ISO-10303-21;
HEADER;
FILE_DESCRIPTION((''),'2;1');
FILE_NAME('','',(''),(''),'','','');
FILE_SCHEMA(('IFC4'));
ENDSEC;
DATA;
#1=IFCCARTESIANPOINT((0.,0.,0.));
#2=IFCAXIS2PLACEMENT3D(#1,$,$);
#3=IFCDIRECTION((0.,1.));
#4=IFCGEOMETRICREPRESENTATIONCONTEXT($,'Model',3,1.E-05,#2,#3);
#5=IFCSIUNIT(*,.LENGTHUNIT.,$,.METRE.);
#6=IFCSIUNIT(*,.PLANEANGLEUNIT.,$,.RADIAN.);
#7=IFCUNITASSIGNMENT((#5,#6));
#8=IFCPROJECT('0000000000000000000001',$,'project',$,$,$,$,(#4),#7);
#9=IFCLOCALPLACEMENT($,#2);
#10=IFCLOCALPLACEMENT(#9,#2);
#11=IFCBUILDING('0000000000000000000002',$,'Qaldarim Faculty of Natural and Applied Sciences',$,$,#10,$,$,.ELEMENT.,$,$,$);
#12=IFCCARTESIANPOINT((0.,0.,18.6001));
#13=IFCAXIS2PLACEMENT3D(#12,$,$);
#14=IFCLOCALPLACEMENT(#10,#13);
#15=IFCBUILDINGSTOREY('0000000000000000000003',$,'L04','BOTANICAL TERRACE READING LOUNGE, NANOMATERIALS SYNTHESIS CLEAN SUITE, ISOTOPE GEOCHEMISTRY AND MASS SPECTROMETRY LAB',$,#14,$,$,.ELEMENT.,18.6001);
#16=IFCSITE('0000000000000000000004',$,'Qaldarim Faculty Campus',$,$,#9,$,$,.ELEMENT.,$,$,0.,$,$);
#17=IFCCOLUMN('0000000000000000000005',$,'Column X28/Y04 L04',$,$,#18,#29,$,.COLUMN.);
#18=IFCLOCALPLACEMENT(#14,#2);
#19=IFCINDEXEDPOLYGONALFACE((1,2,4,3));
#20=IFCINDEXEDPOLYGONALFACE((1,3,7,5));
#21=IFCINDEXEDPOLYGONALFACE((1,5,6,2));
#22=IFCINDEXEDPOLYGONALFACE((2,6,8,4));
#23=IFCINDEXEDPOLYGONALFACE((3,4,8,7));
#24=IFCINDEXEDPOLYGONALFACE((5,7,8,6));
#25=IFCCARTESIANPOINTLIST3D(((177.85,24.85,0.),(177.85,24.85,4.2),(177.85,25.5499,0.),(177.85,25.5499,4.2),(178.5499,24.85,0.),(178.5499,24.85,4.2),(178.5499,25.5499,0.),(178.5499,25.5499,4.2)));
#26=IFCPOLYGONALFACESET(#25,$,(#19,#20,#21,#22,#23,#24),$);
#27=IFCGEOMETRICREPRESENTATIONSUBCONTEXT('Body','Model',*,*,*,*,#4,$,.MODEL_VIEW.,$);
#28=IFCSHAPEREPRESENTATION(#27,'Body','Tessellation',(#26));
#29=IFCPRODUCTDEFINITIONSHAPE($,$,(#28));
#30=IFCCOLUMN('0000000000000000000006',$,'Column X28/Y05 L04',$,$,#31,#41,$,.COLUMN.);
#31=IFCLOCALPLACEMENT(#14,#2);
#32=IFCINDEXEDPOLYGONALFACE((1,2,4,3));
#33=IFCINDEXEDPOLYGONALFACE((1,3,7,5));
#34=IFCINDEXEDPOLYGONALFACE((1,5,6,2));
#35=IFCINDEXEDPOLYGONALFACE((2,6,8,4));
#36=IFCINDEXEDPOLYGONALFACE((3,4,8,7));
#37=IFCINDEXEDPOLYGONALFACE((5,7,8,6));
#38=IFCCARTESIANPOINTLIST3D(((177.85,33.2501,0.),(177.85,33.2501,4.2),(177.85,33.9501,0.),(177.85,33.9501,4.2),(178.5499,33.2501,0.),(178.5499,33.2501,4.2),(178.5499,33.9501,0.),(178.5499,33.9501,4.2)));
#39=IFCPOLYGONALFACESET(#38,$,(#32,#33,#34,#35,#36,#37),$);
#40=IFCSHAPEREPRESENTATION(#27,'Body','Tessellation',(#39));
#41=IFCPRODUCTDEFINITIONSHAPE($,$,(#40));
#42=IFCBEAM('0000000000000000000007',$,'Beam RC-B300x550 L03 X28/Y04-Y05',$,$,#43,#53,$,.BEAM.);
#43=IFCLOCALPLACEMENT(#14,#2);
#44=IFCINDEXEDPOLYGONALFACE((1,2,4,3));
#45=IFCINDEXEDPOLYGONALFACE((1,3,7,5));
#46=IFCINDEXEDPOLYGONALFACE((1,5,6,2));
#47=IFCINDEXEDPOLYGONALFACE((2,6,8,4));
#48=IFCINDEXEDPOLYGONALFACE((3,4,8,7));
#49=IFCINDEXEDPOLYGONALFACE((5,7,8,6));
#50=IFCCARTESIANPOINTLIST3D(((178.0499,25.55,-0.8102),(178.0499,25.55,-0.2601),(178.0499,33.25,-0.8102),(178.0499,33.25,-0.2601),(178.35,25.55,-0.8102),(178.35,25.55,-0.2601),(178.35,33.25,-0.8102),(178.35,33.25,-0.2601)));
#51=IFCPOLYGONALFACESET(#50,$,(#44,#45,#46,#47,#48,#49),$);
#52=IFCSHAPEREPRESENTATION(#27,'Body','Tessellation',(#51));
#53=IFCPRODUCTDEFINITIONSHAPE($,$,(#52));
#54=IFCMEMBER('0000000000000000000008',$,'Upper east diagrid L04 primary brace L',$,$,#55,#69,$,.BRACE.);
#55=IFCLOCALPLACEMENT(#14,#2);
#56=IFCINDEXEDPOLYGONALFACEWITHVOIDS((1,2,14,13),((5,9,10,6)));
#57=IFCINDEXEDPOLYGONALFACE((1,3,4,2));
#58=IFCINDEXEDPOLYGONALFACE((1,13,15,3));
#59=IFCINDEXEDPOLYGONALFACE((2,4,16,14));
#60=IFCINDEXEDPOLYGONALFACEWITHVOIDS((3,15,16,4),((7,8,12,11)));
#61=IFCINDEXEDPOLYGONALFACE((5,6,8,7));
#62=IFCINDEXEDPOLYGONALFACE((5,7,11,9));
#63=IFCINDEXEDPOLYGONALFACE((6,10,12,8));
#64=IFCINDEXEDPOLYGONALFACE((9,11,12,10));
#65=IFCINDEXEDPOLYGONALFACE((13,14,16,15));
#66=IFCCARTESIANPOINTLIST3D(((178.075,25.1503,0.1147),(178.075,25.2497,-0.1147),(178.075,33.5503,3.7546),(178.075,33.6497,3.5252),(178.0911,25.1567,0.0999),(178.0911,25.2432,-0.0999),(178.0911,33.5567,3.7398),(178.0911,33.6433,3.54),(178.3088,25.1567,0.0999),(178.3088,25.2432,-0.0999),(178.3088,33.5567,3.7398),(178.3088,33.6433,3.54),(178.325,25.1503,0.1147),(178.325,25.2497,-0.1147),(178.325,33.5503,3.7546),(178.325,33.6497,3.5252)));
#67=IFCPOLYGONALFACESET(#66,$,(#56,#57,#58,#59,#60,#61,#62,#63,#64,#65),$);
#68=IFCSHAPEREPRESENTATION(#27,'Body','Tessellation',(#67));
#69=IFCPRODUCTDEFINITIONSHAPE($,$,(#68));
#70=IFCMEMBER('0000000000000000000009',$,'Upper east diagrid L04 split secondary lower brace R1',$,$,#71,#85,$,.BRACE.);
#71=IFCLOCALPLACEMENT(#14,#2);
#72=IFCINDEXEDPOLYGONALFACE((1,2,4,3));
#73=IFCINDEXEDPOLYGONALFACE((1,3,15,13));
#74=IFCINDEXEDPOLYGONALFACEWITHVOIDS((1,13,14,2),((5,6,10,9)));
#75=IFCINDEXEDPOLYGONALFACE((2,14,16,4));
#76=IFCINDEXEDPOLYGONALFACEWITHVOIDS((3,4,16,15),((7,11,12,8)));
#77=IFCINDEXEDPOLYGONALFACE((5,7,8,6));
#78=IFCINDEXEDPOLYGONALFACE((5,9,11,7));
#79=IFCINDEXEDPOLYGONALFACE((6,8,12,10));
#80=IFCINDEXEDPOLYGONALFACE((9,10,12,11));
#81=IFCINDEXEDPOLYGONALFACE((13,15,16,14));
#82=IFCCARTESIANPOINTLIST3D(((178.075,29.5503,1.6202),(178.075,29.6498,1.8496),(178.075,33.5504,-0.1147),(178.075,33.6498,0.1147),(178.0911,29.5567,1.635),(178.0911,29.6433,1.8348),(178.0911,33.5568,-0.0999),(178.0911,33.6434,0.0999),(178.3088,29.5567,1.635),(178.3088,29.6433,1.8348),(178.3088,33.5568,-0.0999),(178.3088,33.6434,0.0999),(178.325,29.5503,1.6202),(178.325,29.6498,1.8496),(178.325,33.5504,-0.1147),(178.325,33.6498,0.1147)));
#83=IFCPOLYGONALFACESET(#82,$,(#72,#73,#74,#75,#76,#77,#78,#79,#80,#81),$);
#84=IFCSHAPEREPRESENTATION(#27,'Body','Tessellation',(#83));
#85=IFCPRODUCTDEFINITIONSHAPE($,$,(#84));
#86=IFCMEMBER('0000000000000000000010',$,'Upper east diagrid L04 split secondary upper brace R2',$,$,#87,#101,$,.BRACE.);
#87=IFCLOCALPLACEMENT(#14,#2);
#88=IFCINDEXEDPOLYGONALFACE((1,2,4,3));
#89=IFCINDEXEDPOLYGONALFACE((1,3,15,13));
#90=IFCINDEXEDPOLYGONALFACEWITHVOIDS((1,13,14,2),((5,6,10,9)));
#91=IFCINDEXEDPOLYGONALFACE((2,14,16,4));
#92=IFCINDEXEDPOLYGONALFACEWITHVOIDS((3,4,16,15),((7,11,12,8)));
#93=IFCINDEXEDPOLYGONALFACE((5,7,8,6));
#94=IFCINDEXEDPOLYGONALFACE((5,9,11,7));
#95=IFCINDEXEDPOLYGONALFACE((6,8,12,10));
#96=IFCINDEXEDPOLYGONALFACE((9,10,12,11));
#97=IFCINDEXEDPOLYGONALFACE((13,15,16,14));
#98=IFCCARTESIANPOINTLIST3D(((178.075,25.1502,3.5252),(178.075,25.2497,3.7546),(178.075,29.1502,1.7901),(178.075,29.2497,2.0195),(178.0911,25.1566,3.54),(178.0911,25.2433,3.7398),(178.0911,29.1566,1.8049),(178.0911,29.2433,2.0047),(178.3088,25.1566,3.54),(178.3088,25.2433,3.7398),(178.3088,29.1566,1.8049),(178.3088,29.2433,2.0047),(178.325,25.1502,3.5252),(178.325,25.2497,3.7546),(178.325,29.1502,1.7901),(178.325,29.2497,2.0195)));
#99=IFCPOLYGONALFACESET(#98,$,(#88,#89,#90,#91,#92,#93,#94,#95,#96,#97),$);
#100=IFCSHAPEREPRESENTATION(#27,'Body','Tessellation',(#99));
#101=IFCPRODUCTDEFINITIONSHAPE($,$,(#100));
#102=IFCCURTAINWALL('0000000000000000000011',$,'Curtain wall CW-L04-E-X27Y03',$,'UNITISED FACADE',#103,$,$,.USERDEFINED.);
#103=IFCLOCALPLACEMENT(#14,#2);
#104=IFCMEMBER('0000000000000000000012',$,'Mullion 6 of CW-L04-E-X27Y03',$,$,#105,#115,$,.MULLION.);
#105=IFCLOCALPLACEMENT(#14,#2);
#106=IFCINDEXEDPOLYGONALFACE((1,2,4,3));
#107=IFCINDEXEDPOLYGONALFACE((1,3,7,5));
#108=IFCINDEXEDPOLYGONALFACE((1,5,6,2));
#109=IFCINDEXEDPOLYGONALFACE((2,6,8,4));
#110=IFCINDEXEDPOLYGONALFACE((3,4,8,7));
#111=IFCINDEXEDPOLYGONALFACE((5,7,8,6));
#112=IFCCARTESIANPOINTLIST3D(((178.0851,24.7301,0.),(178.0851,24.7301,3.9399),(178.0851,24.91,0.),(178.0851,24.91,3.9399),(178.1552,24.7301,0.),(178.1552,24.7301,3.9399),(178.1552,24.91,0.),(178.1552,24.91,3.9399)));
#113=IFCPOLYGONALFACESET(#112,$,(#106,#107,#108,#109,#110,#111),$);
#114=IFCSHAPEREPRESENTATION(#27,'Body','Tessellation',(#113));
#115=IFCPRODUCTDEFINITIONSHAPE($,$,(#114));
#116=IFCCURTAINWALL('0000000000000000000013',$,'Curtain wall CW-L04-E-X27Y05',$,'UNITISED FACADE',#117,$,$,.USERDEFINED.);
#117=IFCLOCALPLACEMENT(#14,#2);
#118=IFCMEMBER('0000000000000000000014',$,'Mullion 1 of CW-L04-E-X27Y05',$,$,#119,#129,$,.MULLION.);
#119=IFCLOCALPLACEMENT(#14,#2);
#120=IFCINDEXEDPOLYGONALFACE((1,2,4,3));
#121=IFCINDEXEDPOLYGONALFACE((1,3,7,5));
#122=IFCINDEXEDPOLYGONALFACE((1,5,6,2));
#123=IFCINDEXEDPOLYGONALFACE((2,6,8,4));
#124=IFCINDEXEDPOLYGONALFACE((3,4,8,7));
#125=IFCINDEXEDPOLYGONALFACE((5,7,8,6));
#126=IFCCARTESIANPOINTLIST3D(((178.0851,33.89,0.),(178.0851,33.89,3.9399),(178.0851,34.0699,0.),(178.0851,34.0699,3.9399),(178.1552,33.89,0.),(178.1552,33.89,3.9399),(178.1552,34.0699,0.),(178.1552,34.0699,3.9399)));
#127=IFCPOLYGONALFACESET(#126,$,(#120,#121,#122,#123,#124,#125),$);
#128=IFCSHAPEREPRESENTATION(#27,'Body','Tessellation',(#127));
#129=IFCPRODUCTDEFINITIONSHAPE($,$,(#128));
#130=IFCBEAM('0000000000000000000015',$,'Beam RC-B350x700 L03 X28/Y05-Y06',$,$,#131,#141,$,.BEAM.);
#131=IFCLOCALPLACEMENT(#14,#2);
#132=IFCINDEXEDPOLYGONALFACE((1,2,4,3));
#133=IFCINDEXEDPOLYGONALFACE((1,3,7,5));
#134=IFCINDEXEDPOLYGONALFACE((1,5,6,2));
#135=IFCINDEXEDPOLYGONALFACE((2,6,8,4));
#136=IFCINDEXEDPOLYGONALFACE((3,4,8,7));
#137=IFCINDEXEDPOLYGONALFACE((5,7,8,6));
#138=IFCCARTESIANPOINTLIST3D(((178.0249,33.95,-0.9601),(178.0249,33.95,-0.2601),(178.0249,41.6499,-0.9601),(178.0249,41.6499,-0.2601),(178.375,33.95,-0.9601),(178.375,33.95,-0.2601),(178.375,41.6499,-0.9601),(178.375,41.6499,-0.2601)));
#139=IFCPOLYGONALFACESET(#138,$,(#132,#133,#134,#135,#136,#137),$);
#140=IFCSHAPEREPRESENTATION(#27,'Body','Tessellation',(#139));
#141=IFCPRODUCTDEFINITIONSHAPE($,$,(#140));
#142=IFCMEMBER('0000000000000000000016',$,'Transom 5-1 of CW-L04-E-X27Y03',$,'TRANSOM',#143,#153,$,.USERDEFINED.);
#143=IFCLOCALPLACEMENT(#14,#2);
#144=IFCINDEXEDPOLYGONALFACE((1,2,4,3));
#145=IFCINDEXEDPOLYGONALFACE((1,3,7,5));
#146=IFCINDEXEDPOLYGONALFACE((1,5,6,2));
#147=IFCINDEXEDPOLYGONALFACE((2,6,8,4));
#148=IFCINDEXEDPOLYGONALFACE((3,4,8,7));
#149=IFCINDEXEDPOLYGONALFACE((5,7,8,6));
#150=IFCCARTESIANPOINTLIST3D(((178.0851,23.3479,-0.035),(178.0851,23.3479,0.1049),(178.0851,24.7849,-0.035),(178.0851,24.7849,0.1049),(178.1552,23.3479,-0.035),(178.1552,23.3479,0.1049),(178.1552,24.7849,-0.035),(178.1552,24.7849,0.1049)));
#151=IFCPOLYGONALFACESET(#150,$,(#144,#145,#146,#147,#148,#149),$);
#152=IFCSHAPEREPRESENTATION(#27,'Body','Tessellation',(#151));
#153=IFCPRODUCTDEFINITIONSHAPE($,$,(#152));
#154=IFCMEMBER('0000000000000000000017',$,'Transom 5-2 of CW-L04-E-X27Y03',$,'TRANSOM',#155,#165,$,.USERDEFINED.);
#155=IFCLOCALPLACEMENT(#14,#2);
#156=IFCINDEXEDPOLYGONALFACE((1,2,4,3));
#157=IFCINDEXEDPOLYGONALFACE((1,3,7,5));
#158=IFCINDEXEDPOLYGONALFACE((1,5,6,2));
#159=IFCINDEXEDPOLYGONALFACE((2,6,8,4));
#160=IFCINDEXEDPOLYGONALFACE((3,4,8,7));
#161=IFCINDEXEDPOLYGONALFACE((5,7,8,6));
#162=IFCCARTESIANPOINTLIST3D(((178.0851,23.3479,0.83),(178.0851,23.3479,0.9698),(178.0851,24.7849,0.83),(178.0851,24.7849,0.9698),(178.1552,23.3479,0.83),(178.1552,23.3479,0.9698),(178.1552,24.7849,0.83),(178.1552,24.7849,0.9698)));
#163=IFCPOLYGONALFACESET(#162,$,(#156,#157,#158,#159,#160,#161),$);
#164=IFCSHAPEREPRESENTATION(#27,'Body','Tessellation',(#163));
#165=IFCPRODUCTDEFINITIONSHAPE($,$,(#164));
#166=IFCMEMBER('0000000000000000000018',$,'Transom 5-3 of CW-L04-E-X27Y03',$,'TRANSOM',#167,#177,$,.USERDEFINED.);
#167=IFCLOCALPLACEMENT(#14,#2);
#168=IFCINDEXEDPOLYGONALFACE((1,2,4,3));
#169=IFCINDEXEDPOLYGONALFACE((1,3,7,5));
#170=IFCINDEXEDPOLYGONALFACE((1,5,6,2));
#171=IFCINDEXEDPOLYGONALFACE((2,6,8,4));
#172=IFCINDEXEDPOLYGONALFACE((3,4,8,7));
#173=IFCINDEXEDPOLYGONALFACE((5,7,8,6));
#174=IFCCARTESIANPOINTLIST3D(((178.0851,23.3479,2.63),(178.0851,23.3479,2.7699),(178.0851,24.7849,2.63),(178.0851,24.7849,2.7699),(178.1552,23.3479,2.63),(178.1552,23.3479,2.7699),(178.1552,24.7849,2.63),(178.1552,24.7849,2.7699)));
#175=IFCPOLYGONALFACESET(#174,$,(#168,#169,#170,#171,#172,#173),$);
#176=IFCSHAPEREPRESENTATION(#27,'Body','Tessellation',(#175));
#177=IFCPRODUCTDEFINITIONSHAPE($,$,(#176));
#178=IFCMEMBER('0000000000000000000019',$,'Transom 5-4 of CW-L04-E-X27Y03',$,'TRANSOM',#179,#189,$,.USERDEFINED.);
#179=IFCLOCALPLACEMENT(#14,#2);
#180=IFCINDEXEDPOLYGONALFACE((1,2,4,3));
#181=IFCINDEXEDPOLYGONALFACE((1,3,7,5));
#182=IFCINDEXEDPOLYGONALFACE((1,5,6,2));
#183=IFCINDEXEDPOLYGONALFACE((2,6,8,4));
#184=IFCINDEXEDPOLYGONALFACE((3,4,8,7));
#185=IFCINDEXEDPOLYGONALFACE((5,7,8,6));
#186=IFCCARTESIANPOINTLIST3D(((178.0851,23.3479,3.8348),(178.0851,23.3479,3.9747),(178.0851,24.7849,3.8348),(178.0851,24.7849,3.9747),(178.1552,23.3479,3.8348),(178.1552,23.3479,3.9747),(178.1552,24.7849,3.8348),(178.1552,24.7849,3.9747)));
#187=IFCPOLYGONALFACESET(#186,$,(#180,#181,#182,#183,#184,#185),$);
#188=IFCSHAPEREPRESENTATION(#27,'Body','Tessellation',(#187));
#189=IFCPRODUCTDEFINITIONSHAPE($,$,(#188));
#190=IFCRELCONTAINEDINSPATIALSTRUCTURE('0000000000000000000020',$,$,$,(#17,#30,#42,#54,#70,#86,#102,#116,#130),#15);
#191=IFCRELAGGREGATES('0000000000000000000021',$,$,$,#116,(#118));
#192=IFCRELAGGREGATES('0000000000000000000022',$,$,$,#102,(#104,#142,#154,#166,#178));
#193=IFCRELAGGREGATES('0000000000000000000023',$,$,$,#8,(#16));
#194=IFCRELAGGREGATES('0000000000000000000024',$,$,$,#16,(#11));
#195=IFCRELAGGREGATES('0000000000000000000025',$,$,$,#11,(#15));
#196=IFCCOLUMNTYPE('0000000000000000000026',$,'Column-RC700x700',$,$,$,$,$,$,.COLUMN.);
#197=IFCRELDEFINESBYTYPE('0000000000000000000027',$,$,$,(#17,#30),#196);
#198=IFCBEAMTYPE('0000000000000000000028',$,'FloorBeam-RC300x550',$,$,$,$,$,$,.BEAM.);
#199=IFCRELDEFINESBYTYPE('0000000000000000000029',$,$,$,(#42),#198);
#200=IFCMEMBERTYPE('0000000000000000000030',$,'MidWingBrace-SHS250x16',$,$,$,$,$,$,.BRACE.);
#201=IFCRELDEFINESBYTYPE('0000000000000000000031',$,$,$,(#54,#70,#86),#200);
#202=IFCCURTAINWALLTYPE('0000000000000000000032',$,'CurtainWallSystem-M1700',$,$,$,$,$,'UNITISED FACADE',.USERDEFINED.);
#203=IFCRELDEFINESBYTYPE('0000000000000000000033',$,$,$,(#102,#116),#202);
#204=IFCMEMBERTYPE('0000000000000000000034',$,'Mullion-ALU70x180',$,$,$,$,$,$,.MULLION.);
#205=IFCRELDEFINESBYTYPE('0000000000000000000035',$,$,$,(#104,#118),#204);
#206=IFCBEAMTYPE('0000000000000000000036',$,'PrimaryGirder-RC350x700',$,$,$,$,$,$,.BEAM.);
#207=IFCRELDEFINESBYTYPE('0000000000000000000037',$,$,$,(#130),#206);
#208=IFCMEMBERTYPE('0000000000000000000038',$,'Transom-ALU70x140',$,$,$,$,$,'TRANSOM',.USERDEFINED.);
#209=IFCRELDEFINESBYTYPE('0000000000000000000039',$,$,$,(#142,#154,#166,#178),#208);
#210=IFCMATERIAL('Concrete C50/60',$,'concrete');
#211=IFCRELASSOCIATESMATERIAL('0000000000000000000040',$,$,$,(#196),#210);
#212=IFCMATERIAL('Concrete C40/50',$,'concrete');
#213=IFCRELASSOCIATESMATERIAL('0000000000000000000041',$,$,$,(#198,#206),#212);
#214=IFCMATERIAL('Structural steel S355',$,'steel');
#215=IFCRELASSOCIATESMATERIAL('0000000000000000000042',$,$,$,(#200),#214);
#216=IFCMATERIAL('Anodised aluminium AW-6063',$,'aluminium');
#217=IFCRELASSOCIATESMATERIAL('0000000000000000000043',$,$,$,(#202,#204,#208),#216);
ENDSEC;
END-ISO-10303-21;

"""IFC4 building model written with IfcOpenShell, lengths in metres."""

from ifc_helpers import new_model, si_unit, direction, frame, origin, origin_2d, place, context, subcontext, project, spatial, rectangle, hollow_rectangle, extrude, material, material_profile, profile_set, type_object, element, aggregate, save


model = new_model("IFC4")

# Units and contexts
model_context = context("Model", 3, precision=1e-05, world=origin(), true_north=direction((0.0, 1.0)))
body_context = subcontext(model_context, "Body", "Model", "MODEL_VIEW")
ifc_project = project(units=[si_unit("LENGTHUNIT", "METRE"), si_unit("PLANEANGLEUNIT", "RADIAN")], contexts=[model_context])

# Site, building, storey
site_placement = place(None, origin())
site = spatial("IfcSite", under=ifc_project, at=site_placement, Name="Qaldarim Faculty Campus", CompositionType="ELEMENT", RefElevation=0.0)
building_placement = place(site_placement, origin())
building = spatial("IfcBuilding", under=site, at=building_placement, Name="Qaldarim Faculty of Natural and Applied Sciences", CompositionType="ELEMENT")
storey_placement = place(building_placement, frame((0.0, 0.0, 18.6001)))
storey = spatial("IfcBuildingStorey", under=building, at=storey_placement, Name="L04", Description="BOTANICAL TERRACE READING LOUNGE, NANOMATERIALS SYNTHESIS CLEAN SUITE, ISOTOPE GEOCHEMISTRY AND MASS SPECTROMETRY LAB", CompositionType="ELEMENT", Elevation=18.6001)

# Columns
ifc_material_1 = material(Name="Concrete C50/60", Category="concrete")
ifc_material_profile_1 = material_profile(ifc_material_1, rectangle(XDim=0.7, YDim=0.7, at=origin_2d()), Name="RC-C700x700")
ifc_profile_set_1 = profile_set([ifc_material_profile_1], Name="Concrete C50/60")
column_type = type_object("IfcColumnType", Name="Column-RC700x700", PredefinedType="COLUMN", material=ifc_profile_set_1)
for number, where, z_axis, x_axis, name in (
    (1, (178.2, 25.2, 0.0), (0.0, 0.0, 1.0), (1.0, 0.0, 0.0), "Column X28/Y04 L04"),
    (2, (178.2, 33.6001, 0.0), (0.0, 0.0, 1.0), (1.0, 0.0, 0.0), "Column X28/Y05 L04"),
):
    element("IfcColumn", number, at=place(storey_placement, frame(where, z_axis=z_axis, x_axis=x_axis)), inside=storey, type_object=column_type, Name=name, PredefinedType="COLUMN", context=body_context, shape_type="SweptSolid", body=[
        extrude(rectangle(XDim=0.7, YDim=0.7, at=origin_2d()), origin(), (0.0, 0.0, 1.0), 4.2),
    ])

# Beam
ifc_material_2 = material(Name="Concrete C40/50", Category="concrete")
ifc_material_profile_2 = material_profile(ifc_material_2, rectangle(XDim=0.3, YDim=0.55, at=origin_2d()), Name="RC-B300x550")
ifc_profile_set_2 = profile_set([ifc_material_profile_2], Name="Concrete C40/50")
beam_type_1 = type_object("IfcBeamType", Name="FloorBeam-RC300x550", PredefinedType="BEAM", material=ifc_profile_set_2)
beam_1_placement = place(storey_placement, frame((178.2, 25.55, -0.5352), z_axis=(0.0, 1.0, 0.0), x_axis=(-1.0, 0.0, 0.0)))
element("IfcBeam", 3, at=beam_1_placement, inside=storey, type_object=beam_type_1, Name="Beam RC-B300x550 L03 X28/Y04-Y05", PredefinedType="BEAM", context=body_context, shape_type="SweptSolid", body=[
    extrude(rectangle(XDim=0.3, YDim=0.55, at=origin_2d()), origin(), (0.0, 0.0, 1.0), 7.7),
])

# Members
ifc_material_3 = material(Name="Structural steel S355", Category="steel")
ifc_material_profile_3 = material_profile(ifc_material_3, hollow_rectangle(XDim=0.25, YDim=0.25, WallThickness=0.0161, at=origin_2d()), Name="SHS 250x250x16.0")
ifc_profile_set_3 = profile_set([ifc_material_profile_3], Name="Structural steel S355")
member_type_1 = type_object("IfcMemberType", Name="MidWingBrace-SHS250x16", PredefinedType="BRACE", material=ifc_profile_set_3)
member_1_placement = place(storey_placement, frame((178.2, 25.2, 0.0), z_axis=(0.0, 0.917562, 0.397592), x_axis=(-1.0, 0.0, 0.0)))
element("IfcMember", 4, at=member_1_placement, inside=storey, type_object=member_type_1, Name="Upper east diagrid L04 primary brace L", PredefinedType="BRACE", context=body_context, shape_type="SweptSolid", body=[
    extrude(hollow_rectangle(XDim=0.25, YDim=0.25, WallThickness=0.0161, at=origin_2d()), origin(), (0.0, 0.0, 1.0), 9.1548),
])
for number, where, z_axis, x_axis, name in (
    (5, (178.2, 33.6001, 0.0), (0.0, -0.917428, 0.397903), (1.0, 0.0, 0.0), "Upper east diagrid L04 split secondary lower brace R1"),
    (6, (178.2, 29.2, 1.9048), (0.0, -0.917407, 0.39795), (1.0, 0.0, 0.0), "Upper east diagrid L04 split secondary upper brace R2"),
):
    element("IfcMember", number, at=place(storey_placement, frame(where, z_axis=z_axis, x_axis=x_axis)), inside=storey, type_object=member_type_1, Name=name, PredefinedType="BRACE", context=body_context, shape_type="SweptSolid", body=[
        extrude(hollow_rectangle(XDim=0.25, YDim=0.25, WallThickness=0.0161, at=origin_2d()), origin(), (0.0, 0.0, 1.0), 4.3601),
    ])

# Curtain walls, members
ifc_material_4 = material(Name="Anodised aluminium AW-6063", Category="aluminium")
curtain_wall_type = type_object("IfcCurtainWallType", Name="CurtainWallSystem-M1700", ElementType="UNITISED FACADE", PredefinedType="USERDEFINED", material=ifc_material_4)
curtain_wall_1_placement = place(storey_placement, origin())
curtain_wall_1 = element("IfcCurtainWall", 7, at=curtain_wall_1_placement, inside=storey, type_object=curtain_wall_type, Name="Curtain wall CW-L04-E-X27Y03", ObjectType="UNITISED FACADE", PredefinedType="USERDEFINED")
ifc_material_profile_4 = material_profile(ifc_material_4, rectangle(XDim=0.0701, YDim=0.1799, at=origin_2d()), Name="ALU-M70x180")
ifc_profile_set_4 = profile_set([ifc_material_profile_4], Name="Anodised aluminium AW-6063")
member_type_2 = type_object("IfcMemberType", Name="Mullion-ALU70x180", PredefinedType="MULLION", material=ifc_profile_set_4)
member_2_placement = place(storey_placement, frame((178.1201, 24.8201, 0.0), z_axis=(0.0, 0.0, 1.0), x_axis=(-1.0, 0.0, 0.0)))
member_2 = element("IfcMember", 8, at=member_2_placement, type_object=member_type_2, Name="Mullion 6 of CW-L04-E-X27Y03", PredefinedType="MULLION", context=body_context, shape_type="SweptSolid", body=[
    extrude(rectangle(XDim=0.0701, YDim=0.1799, at=origin_2d()), origin(), (0.0, 0.0, 1.0), 3.9399),
])
curtain_wall_2_placement = place(storey_placement, origin())
curtain_wall_2 = element("IfcCurtainWall", 9, at=curtain_wall_2_placement, inside=storey, type_object=curtain_wall_type, Name="Curtain wall CW-L04-E-X27Y05", ObjectType="UNITISED FACADE", PredefinedType="USERDEFINED")
member_3_placement = place(storey_placement, frame((178.1201, 33.98, 0.0), z_axis=(0.0, 0.0, 1.0), x_axis=(-1.0, 0.0, 0.0)))
member_3 = element("IfcMember", 10, at=member_3_placement, type_object=member_type_2, Name="Mullion 1 of CW-L04-E-X27Y05", PredefinedType="MULLION", context=body_context, shape_type="SweptSolid", body=[
    extrude(rectangle(XDim=0.0701, YDim=0.1799, at=origin_2d()), origin(), (0.0, 0.0, 1.0), 3.9399),
])

# Beam
ifc_material_profile_5 = material_profile(ifc_material_2, rectangle(XDim=0.3501, YDim=0.7, at=origin_2d()), Name="RC-B350x700")
ifc_profile_set_5 = profile_set([ifc_material_profile_5], Name="Concrete C40/50")
beam_type_2 = type_object("IfcBeamType", Name="PrimaryGirder-RC350x700", PredefinedType="BEAM", material=ifc_profile_set_5)
beam_2_placement = place(storey_placement, frame((178.2, 33.95, -0.6101), z_axis=(0.0, 1.0, 0.0), x_axis=(-1.0, 0.0, 0.0)))
element("IfcBeam", 11, at=beam_2_placement, inside=storey, type_object=beam_type_2, Name="Beam RC-B350x700 L03 X28/Y05-Y06", PredefinedType="BEAM", context=body_context, shape_type="SweptSolid", body=[
    extrude(rectangle(XDim=0.3501, YDim=0.7, at=origin_2d()), origin(), (0.0, 0.0, 1.0), 7.7),
])

# Members
ifc_material_profile_6 = material_profile(ifc_material_4, rectangle(XDim=0.0701, YDim=0.1399, at=origin_2d()), Name="ALU-T70x140")
ifc_profile_set_6 = profile_set([ifc_material_profile_6], Name="Anodised aluminium AW-6063")
member_type_3 = type_object("IfcMemberType", Name="Transom-ALU70x140", ElementType="TRANSOM", PredefinedType="USERDEFINED", material=ifc_profile_set_6)
member_4_placement = place(storey_placement, frame((178.1201, 23.3479, 0.0349), z_axis=(0.0, 1.0, 0.0), x_axis=(-1.0, 0.0, 0.0)))
member_4 = element("IfcMember", 12, at=member_4_placement, type_object=member_type_3, Name="Transom 5-1 of CW-L04-E-X27Y03", ObjectType="TRANSOM", PredefinedType="USERDEFINED", context=body_context, shape_type="SweptSolid", body=[
    extrude(rectangle(XDim=0.0701, YDim=0.1399, at=origin_2d()), origin(), (0.0, 0.0, 1.0), 1.437),
])
member_5_placement = place(storey_placement, frame((178.1201, 23.3479, 0.8999), z_axis=(0.0, 1.0, 0.0), x_axis=(-1.0, 0.0, 0.0)))
member_5 = element("IfcMember", 13, at=member_5_placement, type_object=member_type_3, Name="Transom 5-2 of CW-L04-E-X27Y03", ObjectType="TRANSOM", PredefinedType="USERDEFINED", context=body_context, shape_type="SweptSolid", body=[
    extrude(rectangle(XDim=0.0701, YDim=0.1399, at=origin_2d()), origin(), (0.0, 0.0, 1.0), 1.437),
])
member_6_placement = place(storey_placement, frame((178.1201, 23.3479, 2.7), z_axis=(0.0, 1.0, 0.0), x_axis=(-1.0, 0.0, 0.0)))
member_6 = element("IfcMember", 14, at=member_6_placement, type_object=member_type_3, Name="Transom 5-3 of CW-L04-E-X27Y03", ObjectType="TRANSOM", PredefinedType="USERDEFINED", context=body_context, shape_type="SweptSolid", body=[
    extrude(rectangle(XDim=0.0701, YDim=0.1399, at=origin_2d()), origin(), (0.0, 0.0, 1.0), 1.437),
])
member_7_placement = place(storey_placement, frame((178.1201, 23.3479, 3.9048), z_axis=(0.0, 1.0, 0.0), x_axis=(-1.0, 0.0, 0.0)))
member_7 = element("IfcMember", 15, at=member_7_placement, type_object=member_type_3, Name="Transom 5-4 of CW-L04-E-X27Y03", ObjectType="TRANSOM", PredefinedType="USERDEFINED", context=body_context, shape_type="SweptSolid", body=[
    extrude(rectangle(XDim=0.0701, YDim=0.1399, at=origin_2d()), origin(), (0.0, 0.0, 1.0), 1.437),
])
aggregate(curtain_wall_2, [member_3])

aggregate(curtain_wall_1, [member_2, member_4, member_5, member_6, member_7])

save(model, "model.ifc")
